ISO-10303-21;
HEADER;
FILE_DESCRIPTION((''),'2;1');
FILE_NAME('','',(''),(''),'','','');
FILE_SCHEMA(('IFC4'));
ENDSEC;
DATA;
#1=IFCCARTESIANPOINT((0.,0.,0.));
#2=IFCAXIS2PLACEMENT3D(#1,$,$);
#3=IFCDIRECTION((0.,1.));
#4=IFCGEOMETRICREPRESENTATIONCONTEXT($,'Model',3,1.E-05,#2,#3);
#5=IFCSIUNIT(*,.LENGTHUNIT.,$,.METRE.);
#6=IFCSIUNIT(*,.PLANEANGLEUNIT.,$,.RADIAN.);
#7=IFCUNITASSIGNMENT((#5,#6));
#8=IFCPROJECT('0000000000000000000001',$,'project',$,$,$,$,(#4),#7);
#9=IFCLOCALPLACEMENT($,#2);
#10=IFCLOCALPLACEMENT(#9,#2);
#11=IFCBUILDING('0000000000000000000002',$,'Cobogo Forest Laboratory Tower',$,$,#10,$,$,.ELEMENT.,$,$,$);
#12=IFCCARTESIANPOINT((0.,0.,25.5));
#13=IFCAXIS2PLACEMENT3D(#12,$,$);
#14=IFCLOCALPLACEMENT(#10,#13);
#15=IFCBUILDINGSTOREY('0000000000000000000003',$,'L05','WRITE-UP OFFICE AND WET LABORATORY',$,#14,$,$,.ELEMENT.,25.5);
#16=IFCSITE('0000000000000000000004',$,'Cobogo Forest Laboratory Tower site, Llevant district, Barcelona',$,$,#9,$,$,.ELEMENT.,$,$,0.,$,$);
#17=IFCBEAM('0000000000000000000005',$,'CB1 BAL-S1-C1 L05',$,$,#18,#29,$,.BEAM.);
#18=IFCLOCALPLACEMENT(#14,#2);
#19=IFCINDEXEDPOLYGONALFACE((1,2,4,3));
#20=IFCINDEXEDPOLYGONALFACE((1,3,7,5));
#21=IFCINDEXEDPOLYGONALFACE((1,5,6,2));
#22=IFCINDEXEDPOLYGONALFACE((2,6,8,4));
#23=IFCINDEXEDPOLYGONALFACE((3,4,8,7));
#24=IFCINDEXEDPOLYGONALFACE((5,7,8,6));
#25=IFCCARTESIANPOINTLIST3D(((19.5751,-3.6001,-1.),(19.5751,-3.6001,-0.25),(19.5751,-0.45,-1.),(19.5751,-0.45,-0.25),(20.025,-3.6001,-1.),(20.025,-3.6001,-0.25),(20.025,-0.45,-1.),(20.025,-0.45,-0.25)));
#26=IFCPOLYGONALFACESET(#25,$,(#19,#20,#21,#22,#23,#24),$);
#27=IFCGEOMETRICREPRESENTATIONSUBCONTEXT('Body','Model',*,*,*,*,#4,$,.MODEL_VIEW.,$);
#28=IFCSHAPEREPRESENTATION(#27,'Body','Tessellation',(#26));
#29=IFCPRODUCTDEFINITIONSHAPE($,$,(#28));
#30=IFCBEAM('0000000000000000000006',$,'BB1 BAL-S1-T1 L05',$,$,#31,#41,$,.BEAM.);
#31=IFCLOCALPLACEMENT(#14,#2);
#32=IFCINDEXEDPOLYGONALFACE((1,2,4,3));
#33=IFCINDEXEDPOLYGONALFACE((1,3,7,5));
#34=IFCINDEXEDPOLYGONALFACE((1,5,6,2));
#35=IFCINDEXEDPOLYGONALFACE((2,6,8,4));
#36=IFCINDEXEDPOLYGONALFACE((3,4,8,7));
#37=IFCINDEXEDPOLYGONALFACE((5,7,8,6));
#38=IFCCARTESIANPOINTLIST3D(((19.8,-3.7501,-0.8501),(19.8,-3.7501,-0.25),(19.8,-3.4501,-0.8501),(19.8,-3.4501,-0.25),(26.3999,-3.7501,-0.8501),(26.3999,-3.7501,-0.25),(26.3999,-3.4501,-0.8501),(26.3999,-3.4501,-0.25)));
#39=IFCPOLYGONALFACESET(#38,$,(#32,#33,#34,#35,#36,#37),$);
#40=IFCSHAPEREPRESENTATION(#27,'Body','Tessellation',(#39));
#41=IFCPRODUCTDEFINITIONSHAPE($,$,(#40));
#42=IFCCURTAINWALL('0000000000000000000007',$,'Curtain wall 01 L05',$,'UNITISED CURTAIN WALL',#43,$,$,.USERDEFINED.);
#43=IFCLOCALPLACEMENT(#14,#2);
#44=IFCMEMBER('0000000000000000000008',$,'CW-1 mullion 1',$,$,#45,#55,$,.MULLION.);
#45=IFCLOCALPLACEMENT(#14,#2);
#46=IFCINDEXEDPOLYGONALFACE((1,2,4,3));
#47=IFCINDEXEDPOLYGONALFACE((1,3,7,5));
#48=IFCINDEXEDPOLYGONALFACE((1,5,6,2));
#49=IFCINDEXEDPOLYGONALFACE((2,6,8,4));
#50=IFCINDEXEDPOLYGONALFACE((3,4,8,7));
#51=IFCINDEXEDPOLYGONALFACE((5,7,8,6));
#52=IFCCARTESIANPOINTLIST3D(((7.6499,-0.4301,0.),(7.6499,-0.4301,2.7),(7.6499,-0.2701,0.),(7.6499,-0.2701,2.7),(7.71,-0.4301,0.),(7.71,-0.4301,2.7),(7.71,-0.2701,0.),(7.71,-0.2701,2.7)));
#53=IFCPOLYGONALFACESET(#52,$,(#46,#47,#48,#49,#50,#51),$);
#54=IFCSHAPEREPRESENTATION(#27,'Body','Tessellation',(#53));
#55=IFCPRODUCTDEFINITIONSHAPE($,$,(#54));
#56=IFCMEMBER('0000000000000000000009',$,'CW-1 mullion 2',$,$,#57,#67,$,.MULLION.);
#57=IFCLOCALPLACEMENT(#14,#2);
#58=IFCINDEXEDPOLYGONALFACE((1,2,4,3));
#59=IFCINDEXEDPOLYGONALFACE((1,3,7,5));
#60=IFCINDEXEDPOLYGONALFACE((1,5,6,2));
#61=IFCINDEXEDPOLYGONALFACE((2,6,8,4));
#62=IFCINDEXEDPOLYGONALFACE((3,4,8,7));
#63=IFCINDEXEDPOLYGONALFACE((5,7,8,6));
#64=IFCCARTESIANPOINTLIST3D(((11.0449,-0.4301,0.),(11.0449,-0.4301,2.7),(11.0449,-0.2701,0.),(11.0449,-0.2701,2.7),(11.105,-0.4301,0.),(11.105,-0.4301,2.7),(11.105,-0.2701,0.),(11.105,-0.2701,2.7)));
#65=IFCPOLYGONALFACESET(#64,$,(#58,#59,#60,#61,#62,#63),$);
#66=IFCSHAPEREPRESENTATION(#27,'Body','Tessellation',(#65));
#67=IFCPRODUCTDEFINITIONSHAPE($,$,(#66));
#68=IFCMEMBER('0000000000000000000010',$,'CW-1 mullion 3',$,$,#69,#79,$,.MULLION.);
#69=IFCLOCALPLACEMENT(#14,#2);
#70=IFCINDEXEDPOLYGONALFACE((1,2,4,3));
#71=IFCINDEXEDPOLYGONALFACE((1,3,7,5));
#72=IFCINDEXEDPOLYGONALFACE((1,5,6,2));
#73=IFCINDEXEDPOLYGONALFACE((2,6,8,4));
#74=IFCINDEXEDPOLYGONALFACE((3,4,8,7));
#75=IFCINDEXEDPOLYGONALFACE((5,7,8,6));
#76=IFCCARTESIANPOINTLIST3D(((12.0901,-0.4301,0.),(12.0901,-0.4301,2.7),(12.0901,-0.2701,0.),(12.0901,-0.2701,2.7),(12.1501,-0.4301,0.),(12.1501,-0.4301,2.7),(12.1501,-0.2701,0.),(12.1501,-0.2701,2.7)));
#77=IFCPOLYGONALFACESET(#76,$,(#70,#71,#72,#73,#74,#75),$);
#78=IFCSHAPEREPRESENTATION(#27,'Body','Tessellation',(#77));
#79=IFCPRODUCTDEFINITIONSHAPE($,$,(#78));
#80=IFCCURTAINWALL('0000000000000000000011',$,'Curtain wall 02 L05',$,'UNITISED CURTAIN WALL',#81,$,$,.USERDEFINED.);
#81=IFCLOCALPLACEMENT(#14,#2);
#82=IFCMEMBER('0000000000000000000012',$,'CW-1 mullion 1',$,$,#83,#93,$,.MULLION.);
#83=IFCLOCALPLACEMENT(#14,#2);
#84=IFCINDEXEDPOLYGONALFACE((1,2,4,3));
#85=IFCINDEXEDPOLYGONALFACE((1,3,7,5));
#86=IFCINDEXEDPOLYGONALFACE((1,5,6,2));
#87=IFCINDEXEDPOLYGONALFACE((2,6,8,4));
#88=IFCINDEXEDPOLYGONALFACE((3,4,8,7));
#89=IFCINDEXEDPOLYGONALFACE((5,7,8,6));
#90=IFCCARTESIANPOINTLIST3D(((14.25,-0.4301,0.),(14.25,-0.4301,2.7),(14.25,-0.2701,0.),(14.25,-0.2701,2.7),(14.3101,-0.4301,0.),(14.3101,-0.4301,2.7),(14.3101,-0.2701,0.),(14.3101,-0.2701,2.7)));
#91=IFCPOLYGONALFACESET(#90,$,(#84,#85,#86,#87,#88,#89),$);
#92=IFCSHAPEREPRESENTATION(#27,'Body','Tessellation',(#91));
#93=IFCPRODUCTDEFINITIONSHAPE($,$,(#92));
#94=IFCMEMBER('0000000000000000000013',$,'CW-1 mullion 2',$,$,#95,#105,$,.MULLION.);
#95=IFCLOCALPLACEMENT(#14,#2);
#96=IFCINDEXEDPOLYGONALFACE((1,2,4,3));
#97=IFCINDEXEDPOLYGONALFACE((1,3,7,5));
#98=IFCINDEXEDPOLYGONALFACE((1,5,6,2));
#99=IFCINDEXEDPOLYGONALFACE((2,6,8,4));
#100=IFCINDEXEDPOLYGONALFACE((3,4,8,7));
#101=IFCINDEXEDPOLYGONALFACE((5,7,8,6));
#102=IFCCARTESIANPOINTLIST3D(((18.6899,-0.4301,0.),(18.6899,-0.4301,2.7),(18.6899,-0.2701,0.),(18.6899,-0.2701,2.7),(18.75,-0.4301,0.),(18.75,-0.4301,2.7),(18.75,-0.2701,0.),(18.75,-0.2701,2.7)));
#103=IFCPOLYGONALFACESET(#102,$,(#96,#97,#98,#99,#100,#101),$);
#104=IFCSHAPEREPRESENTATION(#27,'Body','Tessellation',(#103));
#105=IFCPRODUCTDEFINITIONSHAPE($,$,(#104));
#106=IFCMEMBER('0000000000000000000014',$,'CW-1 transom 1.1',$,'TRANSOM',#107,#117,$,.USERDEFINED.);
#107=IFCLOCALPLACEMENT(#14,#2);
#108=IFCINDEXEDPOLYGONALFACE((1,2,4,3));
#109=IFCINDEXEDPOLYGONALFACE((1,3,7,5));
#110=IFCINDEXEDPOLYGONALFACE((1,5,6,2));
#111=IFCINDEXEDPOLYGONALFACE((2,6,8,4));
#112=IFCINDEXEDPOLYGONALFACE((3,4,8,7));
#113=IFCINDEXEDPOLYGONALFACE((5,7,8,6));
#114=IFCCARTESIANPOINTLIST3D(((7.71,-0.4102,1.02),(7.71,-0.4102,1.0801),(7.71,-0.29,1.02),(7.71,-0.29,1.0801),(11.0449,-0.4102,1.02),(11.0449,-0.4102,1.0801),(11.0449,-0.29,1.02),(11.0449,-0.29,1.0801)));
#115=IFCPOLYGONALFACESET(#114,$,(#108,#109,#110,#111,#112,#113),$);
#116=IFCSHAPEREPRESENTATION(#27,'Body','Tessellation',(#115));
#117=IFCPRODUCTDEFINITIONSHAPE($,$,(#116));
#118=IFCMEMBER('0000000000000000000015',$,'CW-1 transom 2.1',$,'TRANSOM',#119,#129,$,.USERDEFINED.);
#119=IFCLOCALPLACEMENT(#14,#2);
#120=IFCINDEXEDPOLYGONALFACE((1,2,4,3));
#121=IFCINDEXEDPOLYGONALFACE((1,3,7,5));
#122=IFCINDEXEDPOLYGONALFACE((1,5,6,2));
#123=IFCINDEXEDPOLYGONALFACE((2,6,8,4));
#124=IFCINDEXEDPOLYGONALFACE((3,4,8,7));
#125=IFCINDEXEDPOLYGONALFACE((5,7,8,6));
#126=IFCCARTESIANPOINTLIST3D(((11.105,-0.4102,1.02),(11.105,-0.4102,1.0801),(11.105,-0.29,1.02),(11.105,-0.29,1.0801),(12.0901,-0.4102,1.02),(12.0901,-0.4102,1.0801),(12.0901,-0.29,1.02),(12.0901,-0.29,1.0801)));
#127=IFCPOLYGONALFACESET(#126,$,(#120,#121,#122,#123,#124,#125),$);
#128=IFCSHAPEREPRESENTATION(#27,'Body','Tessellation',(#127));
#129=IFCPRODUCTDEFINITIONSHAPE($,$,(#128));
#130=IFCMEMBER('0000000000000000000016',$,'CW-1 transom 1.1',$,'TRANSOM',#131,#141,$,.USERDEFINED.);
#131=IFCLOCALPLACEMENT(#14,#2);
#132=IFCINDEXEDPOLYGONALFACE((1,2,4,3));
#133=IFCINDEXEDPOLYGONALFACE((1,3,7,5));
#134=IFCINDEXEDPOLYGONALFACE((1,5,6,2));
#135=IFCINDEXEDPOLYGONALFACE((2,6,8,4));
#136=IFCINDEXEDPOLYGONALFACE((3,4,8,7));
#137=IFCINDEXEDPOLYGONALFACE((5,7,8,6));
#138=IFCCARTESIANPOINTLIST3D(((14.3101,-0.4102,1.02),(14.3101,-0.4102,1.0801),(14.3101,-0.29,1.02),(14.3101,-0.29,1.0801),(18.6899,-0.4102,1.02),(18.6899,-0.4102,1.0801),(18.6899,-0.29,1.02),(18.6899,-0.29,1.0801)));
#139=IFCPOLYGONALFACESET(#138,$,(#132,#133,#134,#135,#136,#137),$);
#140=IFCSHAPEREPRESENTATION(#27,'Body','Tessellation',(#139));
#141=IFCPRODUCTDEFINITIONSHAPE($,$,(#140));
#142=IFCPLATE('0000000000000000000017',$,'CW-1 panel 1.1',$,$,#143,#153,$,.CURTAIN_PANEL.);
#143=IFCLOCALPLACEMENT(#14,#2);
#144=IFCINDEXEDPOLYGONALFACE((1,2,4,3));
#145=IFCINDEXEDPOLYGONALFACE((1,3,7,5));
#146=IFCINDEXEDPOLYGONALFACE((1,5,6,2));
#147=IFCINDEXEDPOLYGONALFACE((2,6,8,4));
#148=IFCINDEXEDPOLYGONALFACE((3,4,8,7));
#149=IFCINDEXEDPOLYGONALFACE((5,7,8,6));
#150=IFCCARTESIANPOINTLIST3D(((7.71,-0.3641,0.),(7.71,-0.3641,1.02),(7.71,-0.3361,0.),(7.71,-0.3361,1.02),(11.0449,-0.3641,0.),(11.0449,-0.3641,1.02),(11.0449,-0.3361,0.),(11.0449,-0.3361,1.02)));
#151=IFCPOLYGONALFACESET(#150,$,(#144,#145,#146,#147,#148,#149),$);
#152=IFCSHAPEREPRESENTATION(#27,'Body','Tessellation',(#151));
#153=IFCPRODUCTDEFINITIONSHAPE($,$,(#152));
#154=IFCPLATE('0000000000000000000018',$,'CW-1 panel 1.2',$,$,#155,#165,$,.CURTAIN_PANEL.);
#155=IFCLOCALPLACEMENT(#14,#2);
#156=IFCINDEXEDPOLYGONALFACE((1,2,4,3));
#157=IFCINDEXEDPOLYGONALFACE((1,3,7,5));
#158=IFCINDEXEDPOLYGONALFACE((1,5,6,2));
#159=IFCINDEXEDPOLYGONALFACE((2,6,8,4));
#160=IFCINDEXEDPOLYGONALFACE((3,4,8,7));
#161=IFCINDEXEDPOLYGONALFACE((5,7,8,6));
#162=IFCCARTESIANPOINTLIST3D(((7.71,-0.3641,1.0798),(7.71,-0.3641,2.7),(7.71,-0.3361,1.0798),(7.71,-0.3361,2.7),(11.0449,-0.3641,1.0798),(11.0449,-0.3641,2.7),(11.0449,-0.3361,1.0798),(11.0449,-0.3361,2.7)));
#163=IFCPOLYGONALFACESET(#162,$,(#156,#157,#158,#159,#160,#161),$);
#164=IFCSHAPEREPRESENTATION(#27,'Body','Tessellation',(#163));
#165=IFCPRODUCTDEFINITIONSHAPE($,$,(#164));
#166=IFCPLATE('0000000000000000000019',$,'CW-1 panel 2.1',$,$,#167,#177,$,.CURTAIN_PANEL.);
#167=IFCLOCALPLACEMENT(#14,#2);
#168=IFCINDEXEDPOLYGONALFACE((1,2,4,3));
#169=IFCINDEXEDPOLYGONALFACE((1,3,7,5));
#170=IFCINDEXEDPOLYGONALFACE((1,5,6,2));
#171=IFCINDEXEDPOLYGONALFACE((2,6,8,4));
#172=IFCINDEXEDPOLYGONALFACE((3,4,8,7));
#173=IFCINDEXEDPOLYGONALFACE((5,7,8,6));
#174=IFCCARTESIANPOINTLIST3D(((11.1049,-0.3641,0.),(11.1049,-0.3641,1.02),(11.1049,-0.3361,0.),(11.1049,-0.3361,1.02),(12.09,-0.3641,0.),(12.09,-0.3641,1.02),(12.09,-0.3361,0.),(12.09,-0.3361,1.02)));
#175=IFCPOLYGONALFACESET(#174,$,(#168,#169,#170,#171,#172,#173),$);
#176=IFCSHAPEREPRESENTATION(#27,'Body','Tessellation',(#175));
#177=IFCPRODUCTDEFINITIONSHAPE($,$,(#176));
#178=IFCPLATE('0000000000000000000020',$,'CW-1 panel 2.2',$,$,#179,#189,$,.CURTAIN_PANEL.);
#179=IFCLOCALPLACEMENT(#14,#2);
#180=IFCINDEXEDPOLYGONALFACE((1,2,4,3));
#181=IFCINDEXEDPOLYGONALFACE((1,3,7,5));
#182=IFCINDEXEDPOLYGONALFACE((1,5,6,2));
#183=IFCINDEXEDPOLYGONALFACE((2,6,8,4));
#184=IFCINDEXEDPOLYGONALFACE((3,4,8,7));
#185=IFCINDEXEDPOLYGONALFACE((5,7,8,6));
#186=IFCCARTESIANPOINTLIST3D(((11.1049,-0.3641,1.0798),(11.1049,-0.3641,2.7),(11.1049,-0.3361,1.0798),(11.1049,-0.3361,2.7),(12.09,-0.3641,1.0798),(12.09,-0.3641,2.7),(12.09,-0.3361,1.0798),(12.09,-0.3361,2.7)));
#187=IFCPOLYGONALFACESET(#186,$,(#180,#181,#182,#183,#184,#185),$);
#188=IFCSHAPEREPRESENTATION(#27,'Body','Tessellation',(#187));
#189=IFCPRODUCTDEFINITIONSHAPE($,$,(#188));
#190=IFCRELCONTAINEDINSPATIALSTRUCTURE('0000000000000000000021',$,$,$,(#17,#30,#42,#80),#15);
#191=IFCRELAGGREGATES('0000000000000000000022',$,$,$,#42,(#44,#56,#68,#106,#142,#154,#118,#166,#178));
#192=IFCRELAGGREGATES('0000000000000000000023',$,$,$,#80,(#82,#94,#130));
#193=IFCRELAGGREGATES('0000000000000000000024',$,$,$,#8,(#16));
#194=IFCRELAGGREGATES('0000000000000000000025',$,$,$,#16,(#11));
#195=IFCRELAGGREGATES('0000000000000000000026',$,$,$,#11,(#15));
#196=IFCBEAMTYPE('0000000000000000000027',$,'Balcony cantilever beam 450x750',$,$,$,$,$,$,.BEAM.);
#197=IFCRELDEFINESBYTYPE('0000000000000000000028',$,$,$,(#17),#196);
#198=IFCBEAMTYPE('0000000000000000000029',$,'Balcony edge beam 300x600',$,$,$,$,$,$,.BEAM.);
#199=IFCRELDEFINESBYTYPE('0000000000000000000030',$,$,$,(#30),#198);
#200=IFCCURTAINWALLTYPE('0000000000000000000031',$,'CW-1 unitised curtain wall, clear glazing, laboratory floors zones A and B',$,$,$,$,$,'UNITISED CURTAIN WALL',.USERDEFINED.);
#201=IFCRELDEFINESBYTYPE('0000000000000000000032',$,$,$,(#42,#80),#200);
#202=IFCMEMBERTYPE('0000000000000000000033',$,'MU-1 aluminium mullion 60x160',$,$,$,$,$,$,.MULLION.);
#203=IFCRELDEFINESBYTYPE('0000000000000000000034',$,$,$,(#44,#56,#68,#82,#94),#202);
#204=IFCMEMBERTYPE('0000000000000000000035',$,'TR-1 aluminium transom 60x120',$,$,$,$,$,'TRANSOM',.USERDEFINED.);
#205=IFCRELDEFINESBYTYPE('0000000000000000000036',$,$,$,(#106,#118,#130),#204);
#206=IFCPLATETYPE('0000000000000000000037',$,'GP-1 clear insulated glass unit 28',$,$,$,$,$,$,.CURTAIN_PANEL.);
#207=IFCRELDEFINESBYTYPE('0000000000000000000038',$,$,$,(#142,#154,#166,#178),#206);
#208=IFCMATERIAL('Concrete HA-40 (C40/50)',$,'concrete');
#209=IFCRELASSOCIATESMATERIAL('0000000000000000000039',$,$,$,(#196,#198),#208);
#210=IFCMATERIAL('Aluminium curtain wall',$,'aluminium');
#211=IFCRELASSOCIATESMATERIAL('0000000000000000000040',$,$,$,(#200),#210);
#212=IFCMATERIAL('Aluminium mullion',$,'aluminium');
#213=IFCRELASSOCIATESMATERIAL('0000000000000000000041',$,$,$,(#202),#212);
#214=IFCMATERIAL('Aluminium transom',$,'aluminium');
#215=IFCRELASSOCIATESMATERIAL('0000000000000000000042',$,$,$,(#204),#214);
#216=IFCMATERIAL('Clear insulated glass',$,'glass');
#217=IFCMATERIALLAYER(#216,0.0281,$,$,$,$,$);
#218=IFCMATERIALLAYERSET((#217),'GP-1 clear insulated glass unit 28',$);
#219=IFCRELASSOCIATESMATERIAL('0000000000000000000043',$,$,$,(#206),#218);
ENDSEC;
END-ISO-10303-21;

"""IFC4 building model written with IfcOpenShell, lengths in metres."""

from ifc_helpers import new_model, si_unit, direction, frame, origin, origin_2d, place, context, subcontext, project, spatial, rectangle, extrude, material, layer, layer_set, material_profile, profile_set, type_object, element, aggregate, save


model = new_model("IFC4")

# Units and contexts
model_context = context("Model", 3, precision=1e-05, world=origin(), true_north=direction((0.0, 1.0)))
body_context = subcontext(model_context, "Body", "Model", "MODEL_VIEW")
ifc_project = project(units=[si_unit("LENGTHUNIT", "METRE"), si_unit("PLANEANGLEUNIT", "RADIAN")], contexts=[model_context])

# Site, building, storey
site_placement = place(None, origin())
site = spatial("IfcSite", under=ifc_project, at=site_placement, Name="Cobogo Forest Laboratory Tower site, Llevant district, Barcelona", CompositionType="ELEMENT", RefElevation=0.0)
building_placement = place(site_placement, origin())
building = spatial("IfcBuilding", under=site, at=building_placement, Name="Cobogo Forest Laboratory Tower", CompositionType="ELEMENT")
storey_placement = place(building_placement, frame((0.0, 0.0, 25.5)))
storey = spatial("IfcBuildingStorey", under=building, at=storey_placement, Name="L05", Description="WRITE-UP OFFICE AND WET LABORATORY", CompositionType="ELEMENT", Elevation=25.5)

# Beams
ifc_material_1 = material(Name="Concrete HA-40 (C40/50)", Category="concrete")
ifc_material_profile_1 = material_profile(ifc_material_1, rectangle(XDim=0.45, YDim=0.75, at=origin_2d()), Name="RC 450x750")
ifc_profile_set_1 = profile_set([ifc_material_profile_1], Name="Concrete HA-40 (C40/50)")
beam_type_1 = type_object("IfcBeamType", Name="Balcony cantilever beam 450x750", PredefinedType="BEAM", material=ifc_profile_set_1)
beam_1_placement = place(storey_placement, frame((19.8, -0.45, -0.625), z_axis=(0.0, -1.0, 0.0), x_axis=(1.0, 0.0, 0.0)))
element("IfcBeam", 1, at=beam_1_placement, inside=storey, type_object=beam_type_1, Name="CB1 BAL-S1-C1 L05", PredefinedType="BEAM", context=body_context, shape_type="SweptSolid", body=[
    extrude(rectangle(XDim=0.45, YDim=0.75, at=origin_2d()), origin(), (0.0, 0.0, 1.0), 3.1501),
])
ifc_material_profile_2 = material_profile(ifc_material_1, rectangle(XDim=0.3, YDim=0.6001, at=origin_2d()), Name="RC 300x600")
ifc_profile_set_2 = profile_set([ifc_material_profile_2], Name="Concrete HA-40 (C40/50)")
beam_type_2 = type_object("IfcBeamType", Name="Balcony edge beam 300x600", PredefinedType="BEAM", material=ifc_profile_set_2)
beam_2_placement = place(storey_placement, frame((19.8, -3.6001, -0.55), z_axis=(1.0, 0.0, 0.0), x_axis=(0.0, 1.0, 0.0)))
element("IfcBeam", 2, at=beam_2_placement, inside=storey, type_object=beam_type_2, Name="BB1 BAL-S1-T1 L05", PredefinedType="BEAM", context=body_context, shape_type="SweptSolid", body=[
    extrude(rectangle(XDim=0.3, YDim=0.6001, at=origin_2d()), origin(), (0.0, 0.0, 1.0), 6.5999),
])

# Curtain walls, members
ifc_material_2 = material(Name="Aluminium curtain wall", Category="aluminium")
curtain_wall_type = type_object("IfcCurtainWallType", Name="CW-1 unitised curtain wall, clear glazing, laboratory floors zones A and B", ElementType="UNITISED CURTAIN WALL", PredefinedType="USERDEFINED", material=ifc_material_2)
curtain_wall_1_placement = place(storey_placement, origin())
curtain_wall_1 = element("IfcCurtainWall", 3, at=curtain_wall_1_placement, inside=storey, type_object=curtain_wall_type, Name="Curtain wall 01 L05", ObjectType="UNITISED CURTAIN WALL", PredefinedType="USERDEFINED")
ifc_material_3 = material(Name="Aluminium mullion", Category="aluminium")
ifc_material_profile_3 = material_profile(ifc_material_3, rectangle(XDim=0.0601, YDim=0.1599, at=origin_2d()), Name="AL 60x160")
ifc_profile_set_3 = profile_set([ifc_material_profile_3], Name="Aluminium mullion")
member_type_1 = type_object("IfcMemberType", Name="MU-1 aluminium mullion 60x160", PredefinedType="MULLION", material=ifc_profile_set_3)
member_1_placement = place(storey_placement, frame((7.6799, -0.3501, 0.0), z_axis=(0.0, 0.0, 1.0), x_axis=(1.0, 0.0, 0.0)))
member_1 = element("IfcMember", 4, at=member_1_placement, type_object=member_type_1, Name="CW-1 mullion 1", PredefinedType="MULLION", context=body_context, shape_type="SweptSolid", body=[
    extrude(rectangle(XDim=0.0601, YDim=0.1599, at=origin_2d()), origin(), (0.0, 0.0, 1.0), 2.7),
])
member_2_placement = place(storey_placement, frame((11.075, -0.3501, 0.0), z_axis=(0.0, 0.0, 1.0), x_axis=(1.0, 0.0, 0.0)))
member_2 = element("IfcMember", 5, at=member_2_placement, type_object=member_type_1, Name="CW-1 mullion 2", PredefinedType="MULLION", context=body_context, shape_type="SweptSolid", body=[
    extrude(rectangle(XDim=0.0601, YDim=0.1599, at=origin_2d()), origin(), (0.0, 0.0, 1.0), 2.7),
])
member_3_placement = place(storey_placement, frame((12.1201, -0.3501, 0.0), z_axis=(0.0, 0.0, 1.0), x_axis=(1.0, 0.0, 0.0)))
member_3 = element("IfcMember", 6, at=member_3_placement, type_object=member_type_1, Name="CW-1 mullion 3", PredefinedType="MULLION", context=body_context, shape_type="SweptSolid", body=[
    extrude(rectangle(XDim=0.0601, YDim=0.1599, at=origin_2d()), origin(), (0.0, 0.0, 1.0), 2.7),
])
curtain_wall_2_placement = place(storey_placement, origin())
curtain_wall_2 = element("IfcCurtainWall", 7, at=curtain_wall_2_placement, inside=storey, type_object=curtain_wall_type, Name="Curtain wall 02 L05", ObjectType="UNITISED CURTAIN WALL", PredefinedType="USERDEFINED")
member_4_placement = place(storey_placement, frame((14.28, -0.3501, 0.0), z_axis=(0.0, 0.0, 1.0), x_axis=(1.0, 0.0, 0.0)))
member_4 = element("IfcMember", 8, at=member_4_placement, type_object=member_type_1, Name="CW-1 mullion 1", PredefinedType="MULLION", context=body_context, shape_type="SweptSolid", body=[
    extrude(rectangle(XDim=0.0601, YDim=0.1599, at=origin_2d()), origin(), (0.0, 0.0, 1.0), 2.7),
])
member_5_placement = place(storey_placement, frame((18.72, -0.3501, 0.0), z_axis=(0.0, 0.0, 1.0), x_axis=(1.0, 0.0, 0.0)))
member_5 = element("IfcMember", 9, at=member_5_placement, type_object=member_type_1, Name="CW-1 mullion 2", PredefinedType="MULLION", context=body_context, shape_type="SweptSolid", body=[
    extrude(rectangle(XDim=0.0601, YDim=0.1599, at=origin_2d()), origin(), (0.0, 0.0, 1.0), 2.7),
])

# Members
ifc_material_4 = material(Name="Aluminium transom", Category="aluminium")
ifc_material_profile_4 = material_profile(ifc_material_4, rectangle(XDim=0.1201, YDim=0.0601, at=origin_2d()), Name="AL 60x120")
ifc_profile_set_4 = profile_set([ifc_material_profile_4], Name="Aluminium transom")
member_type_2 = type_object("IfcMemberType", Name="TR-1 aluminium transom 60x120", ElementType="TRANSOM", PredefinedType="USERDEFINED", material=ifc_profile_set_4)
member_6_placement = place(storey_placement, frame((7.71, -0.3501, 1.05), z_axis=(1.0, 0.0, 0.0), x_axis=(0.0, 1.0, 0.0)))
member_6 = element("IfcMember", 10, at=member_6_placement, type_object=member_type_2, Name="CW-1 transom 1.1", ObjectType="TRANSOM", PredefinedType="USERDEFINED", context=body_context, shape_type="SweptSolid", body=[
    extrude(rectangle(XDim=0.1201, YDim=0.0601, at=origin_2d()), origin(), (0.0, 0.0, 1.0), 3.335),
])
member_7_placement = place(storey_placement, frame((11.105, -0.3501, 1.05), z_axis=(1.0, 0.0, 0.0), x_axis=(0.0, 1.0, 0.0)))
member_7 = element("IfcMember", 11, at=member_7_placement, type_object=member_type_2, Name="CW-1 transom 2.1", ObjectType="TRANSOM", PredefinedType="USERDEFINED", context=body_context, shape_type="SweptSolid", body=[
    extrude(rectangle(XDim=0.1201, YDim=0.0601, at=origin_2d()), origin(), (0.0, 0.0, 1.0), 0.9851),
])
member_8_placement = place(storey_placement, frame((14.3101, -0.3501, 1.05), z_axis=(1.0, 0.0, 0.0), x_axis=(0.0, 1.0, 0.0)))
member_8 = element("IfcMember", 12, at=member_8_placement, type_object=member_type_2, Name="CW-1 transom 1.1", ObjectType="TRANSOM", PredefinedType="USERDEFINED", context=body_context, shape_type="SweptSolid", body=[
    extrude(rectangle(XDim=0.1201, YDim=0.0601, at=origin_2d()), origin(), (0.0, 0.0, 1.0), 4.3799),
])

# Plates
ifc_material_5 = material(Name="Clear insulated glass", Category="glass")
ifc_layer = layer(ifc_material_5, 0.0281)
ifc_layer_set = layer_set([ifc_layer], Name="GP-1 clear insulated glass unit 28")
plate_type_1 = type_object("IfcPlateType", Name="GP-1 clear insulated glass unit 28", PredefinedType="CURTAIN_PANEL", material=ifc_layer_set)
plate_1_placement = place(storey_placement, frame((9.3774, -0.3501, 0.0), z_axis=(0.0, 0.0, 1.0), x_axis=(1.0, 0.0, 0.0)))
plate_1 = element("IfcPlate", 13, at=plate_1_placement, type_object=plate_type_1, Name="CW-1 panel 1.1", PredefinedType="CURTAIN_PANEL", context=body_context, shape_type="SweptSolid", body=[
    extrude(rectangle(XDim=3.335, YDim=0.0281, at=origin_2d()), origin(), (0.0, 0.0, 1.0), 1.02),
])
plate_2_placement = place(storey_placement, frame((9.3774, -0.3501, 1.0798), z_axis=(0.0, 0.0, 1.0), x_axis=(1.0, 0.0, 0.0)))
plate_2 = element("IfcPlate", 14, at=plate_2_placement, type_object=plate_type_1, Name="CW-1 panel 1.2", PredefinedType="CURTAIN_PANEL", context=body_context, shape_type="SweptSolid", body=[
    extrude(rectangle(XDim=3.335, YDim=0.0281, at=origin_2d()), origin(), (0.0, 0.0, 1.0), 1.6201),
])
plate_3_placement = place(storey_placement, frame((11.5974, -0.3501, 0.0), z_axis=(0.0, 0.0, 1.0), x_axis=(1.0, 0.0, 0.0)))
plate_3 = element("IfcPlate", 15, at=plate_3_placement, type_object=plate_type_1, Name="CW-1 panel 2.1", PredefinedType="CURTAIN_PANEL", context=body_context, shape_type="SweptSolid", body=[
    extrude(rectangle(XDim=0.9851, YDim=0.0281, at=origin_2d()), origin(), (0.0, 0.0, 1.0), 1.02),
])
plate_4_placement = place(storey_placement, frame((11.5974, -0.3501, 1.0798), z_axis=(0.0, 0.0, 1.0), x_axis=(1.0, 0.0, 0.0)))
plate_4 = element("IfcPlate", 16, at=plate_4_placement, type_object=plate_type_1, Name="CW-1 panel 2.2", PredefinedType="CURTAIN_PANEL", context=body_context, shape_type="SweptSolid", body=[
    extrude(rectangle(XDim=0.9851, YDim=0.0281, at=origin_2d()), origin(), (0.0, 0.0, 1.0), 1.6201),
])
aggregate(curtain_wall_1, [member_1, member_2, member_3, member_6, plate_1, plate_2, member_7, plate_3, plate_4])
aggregate(curtain_wall_2, [member_4, member_5, member_8])

save(model, "model.ifc")
